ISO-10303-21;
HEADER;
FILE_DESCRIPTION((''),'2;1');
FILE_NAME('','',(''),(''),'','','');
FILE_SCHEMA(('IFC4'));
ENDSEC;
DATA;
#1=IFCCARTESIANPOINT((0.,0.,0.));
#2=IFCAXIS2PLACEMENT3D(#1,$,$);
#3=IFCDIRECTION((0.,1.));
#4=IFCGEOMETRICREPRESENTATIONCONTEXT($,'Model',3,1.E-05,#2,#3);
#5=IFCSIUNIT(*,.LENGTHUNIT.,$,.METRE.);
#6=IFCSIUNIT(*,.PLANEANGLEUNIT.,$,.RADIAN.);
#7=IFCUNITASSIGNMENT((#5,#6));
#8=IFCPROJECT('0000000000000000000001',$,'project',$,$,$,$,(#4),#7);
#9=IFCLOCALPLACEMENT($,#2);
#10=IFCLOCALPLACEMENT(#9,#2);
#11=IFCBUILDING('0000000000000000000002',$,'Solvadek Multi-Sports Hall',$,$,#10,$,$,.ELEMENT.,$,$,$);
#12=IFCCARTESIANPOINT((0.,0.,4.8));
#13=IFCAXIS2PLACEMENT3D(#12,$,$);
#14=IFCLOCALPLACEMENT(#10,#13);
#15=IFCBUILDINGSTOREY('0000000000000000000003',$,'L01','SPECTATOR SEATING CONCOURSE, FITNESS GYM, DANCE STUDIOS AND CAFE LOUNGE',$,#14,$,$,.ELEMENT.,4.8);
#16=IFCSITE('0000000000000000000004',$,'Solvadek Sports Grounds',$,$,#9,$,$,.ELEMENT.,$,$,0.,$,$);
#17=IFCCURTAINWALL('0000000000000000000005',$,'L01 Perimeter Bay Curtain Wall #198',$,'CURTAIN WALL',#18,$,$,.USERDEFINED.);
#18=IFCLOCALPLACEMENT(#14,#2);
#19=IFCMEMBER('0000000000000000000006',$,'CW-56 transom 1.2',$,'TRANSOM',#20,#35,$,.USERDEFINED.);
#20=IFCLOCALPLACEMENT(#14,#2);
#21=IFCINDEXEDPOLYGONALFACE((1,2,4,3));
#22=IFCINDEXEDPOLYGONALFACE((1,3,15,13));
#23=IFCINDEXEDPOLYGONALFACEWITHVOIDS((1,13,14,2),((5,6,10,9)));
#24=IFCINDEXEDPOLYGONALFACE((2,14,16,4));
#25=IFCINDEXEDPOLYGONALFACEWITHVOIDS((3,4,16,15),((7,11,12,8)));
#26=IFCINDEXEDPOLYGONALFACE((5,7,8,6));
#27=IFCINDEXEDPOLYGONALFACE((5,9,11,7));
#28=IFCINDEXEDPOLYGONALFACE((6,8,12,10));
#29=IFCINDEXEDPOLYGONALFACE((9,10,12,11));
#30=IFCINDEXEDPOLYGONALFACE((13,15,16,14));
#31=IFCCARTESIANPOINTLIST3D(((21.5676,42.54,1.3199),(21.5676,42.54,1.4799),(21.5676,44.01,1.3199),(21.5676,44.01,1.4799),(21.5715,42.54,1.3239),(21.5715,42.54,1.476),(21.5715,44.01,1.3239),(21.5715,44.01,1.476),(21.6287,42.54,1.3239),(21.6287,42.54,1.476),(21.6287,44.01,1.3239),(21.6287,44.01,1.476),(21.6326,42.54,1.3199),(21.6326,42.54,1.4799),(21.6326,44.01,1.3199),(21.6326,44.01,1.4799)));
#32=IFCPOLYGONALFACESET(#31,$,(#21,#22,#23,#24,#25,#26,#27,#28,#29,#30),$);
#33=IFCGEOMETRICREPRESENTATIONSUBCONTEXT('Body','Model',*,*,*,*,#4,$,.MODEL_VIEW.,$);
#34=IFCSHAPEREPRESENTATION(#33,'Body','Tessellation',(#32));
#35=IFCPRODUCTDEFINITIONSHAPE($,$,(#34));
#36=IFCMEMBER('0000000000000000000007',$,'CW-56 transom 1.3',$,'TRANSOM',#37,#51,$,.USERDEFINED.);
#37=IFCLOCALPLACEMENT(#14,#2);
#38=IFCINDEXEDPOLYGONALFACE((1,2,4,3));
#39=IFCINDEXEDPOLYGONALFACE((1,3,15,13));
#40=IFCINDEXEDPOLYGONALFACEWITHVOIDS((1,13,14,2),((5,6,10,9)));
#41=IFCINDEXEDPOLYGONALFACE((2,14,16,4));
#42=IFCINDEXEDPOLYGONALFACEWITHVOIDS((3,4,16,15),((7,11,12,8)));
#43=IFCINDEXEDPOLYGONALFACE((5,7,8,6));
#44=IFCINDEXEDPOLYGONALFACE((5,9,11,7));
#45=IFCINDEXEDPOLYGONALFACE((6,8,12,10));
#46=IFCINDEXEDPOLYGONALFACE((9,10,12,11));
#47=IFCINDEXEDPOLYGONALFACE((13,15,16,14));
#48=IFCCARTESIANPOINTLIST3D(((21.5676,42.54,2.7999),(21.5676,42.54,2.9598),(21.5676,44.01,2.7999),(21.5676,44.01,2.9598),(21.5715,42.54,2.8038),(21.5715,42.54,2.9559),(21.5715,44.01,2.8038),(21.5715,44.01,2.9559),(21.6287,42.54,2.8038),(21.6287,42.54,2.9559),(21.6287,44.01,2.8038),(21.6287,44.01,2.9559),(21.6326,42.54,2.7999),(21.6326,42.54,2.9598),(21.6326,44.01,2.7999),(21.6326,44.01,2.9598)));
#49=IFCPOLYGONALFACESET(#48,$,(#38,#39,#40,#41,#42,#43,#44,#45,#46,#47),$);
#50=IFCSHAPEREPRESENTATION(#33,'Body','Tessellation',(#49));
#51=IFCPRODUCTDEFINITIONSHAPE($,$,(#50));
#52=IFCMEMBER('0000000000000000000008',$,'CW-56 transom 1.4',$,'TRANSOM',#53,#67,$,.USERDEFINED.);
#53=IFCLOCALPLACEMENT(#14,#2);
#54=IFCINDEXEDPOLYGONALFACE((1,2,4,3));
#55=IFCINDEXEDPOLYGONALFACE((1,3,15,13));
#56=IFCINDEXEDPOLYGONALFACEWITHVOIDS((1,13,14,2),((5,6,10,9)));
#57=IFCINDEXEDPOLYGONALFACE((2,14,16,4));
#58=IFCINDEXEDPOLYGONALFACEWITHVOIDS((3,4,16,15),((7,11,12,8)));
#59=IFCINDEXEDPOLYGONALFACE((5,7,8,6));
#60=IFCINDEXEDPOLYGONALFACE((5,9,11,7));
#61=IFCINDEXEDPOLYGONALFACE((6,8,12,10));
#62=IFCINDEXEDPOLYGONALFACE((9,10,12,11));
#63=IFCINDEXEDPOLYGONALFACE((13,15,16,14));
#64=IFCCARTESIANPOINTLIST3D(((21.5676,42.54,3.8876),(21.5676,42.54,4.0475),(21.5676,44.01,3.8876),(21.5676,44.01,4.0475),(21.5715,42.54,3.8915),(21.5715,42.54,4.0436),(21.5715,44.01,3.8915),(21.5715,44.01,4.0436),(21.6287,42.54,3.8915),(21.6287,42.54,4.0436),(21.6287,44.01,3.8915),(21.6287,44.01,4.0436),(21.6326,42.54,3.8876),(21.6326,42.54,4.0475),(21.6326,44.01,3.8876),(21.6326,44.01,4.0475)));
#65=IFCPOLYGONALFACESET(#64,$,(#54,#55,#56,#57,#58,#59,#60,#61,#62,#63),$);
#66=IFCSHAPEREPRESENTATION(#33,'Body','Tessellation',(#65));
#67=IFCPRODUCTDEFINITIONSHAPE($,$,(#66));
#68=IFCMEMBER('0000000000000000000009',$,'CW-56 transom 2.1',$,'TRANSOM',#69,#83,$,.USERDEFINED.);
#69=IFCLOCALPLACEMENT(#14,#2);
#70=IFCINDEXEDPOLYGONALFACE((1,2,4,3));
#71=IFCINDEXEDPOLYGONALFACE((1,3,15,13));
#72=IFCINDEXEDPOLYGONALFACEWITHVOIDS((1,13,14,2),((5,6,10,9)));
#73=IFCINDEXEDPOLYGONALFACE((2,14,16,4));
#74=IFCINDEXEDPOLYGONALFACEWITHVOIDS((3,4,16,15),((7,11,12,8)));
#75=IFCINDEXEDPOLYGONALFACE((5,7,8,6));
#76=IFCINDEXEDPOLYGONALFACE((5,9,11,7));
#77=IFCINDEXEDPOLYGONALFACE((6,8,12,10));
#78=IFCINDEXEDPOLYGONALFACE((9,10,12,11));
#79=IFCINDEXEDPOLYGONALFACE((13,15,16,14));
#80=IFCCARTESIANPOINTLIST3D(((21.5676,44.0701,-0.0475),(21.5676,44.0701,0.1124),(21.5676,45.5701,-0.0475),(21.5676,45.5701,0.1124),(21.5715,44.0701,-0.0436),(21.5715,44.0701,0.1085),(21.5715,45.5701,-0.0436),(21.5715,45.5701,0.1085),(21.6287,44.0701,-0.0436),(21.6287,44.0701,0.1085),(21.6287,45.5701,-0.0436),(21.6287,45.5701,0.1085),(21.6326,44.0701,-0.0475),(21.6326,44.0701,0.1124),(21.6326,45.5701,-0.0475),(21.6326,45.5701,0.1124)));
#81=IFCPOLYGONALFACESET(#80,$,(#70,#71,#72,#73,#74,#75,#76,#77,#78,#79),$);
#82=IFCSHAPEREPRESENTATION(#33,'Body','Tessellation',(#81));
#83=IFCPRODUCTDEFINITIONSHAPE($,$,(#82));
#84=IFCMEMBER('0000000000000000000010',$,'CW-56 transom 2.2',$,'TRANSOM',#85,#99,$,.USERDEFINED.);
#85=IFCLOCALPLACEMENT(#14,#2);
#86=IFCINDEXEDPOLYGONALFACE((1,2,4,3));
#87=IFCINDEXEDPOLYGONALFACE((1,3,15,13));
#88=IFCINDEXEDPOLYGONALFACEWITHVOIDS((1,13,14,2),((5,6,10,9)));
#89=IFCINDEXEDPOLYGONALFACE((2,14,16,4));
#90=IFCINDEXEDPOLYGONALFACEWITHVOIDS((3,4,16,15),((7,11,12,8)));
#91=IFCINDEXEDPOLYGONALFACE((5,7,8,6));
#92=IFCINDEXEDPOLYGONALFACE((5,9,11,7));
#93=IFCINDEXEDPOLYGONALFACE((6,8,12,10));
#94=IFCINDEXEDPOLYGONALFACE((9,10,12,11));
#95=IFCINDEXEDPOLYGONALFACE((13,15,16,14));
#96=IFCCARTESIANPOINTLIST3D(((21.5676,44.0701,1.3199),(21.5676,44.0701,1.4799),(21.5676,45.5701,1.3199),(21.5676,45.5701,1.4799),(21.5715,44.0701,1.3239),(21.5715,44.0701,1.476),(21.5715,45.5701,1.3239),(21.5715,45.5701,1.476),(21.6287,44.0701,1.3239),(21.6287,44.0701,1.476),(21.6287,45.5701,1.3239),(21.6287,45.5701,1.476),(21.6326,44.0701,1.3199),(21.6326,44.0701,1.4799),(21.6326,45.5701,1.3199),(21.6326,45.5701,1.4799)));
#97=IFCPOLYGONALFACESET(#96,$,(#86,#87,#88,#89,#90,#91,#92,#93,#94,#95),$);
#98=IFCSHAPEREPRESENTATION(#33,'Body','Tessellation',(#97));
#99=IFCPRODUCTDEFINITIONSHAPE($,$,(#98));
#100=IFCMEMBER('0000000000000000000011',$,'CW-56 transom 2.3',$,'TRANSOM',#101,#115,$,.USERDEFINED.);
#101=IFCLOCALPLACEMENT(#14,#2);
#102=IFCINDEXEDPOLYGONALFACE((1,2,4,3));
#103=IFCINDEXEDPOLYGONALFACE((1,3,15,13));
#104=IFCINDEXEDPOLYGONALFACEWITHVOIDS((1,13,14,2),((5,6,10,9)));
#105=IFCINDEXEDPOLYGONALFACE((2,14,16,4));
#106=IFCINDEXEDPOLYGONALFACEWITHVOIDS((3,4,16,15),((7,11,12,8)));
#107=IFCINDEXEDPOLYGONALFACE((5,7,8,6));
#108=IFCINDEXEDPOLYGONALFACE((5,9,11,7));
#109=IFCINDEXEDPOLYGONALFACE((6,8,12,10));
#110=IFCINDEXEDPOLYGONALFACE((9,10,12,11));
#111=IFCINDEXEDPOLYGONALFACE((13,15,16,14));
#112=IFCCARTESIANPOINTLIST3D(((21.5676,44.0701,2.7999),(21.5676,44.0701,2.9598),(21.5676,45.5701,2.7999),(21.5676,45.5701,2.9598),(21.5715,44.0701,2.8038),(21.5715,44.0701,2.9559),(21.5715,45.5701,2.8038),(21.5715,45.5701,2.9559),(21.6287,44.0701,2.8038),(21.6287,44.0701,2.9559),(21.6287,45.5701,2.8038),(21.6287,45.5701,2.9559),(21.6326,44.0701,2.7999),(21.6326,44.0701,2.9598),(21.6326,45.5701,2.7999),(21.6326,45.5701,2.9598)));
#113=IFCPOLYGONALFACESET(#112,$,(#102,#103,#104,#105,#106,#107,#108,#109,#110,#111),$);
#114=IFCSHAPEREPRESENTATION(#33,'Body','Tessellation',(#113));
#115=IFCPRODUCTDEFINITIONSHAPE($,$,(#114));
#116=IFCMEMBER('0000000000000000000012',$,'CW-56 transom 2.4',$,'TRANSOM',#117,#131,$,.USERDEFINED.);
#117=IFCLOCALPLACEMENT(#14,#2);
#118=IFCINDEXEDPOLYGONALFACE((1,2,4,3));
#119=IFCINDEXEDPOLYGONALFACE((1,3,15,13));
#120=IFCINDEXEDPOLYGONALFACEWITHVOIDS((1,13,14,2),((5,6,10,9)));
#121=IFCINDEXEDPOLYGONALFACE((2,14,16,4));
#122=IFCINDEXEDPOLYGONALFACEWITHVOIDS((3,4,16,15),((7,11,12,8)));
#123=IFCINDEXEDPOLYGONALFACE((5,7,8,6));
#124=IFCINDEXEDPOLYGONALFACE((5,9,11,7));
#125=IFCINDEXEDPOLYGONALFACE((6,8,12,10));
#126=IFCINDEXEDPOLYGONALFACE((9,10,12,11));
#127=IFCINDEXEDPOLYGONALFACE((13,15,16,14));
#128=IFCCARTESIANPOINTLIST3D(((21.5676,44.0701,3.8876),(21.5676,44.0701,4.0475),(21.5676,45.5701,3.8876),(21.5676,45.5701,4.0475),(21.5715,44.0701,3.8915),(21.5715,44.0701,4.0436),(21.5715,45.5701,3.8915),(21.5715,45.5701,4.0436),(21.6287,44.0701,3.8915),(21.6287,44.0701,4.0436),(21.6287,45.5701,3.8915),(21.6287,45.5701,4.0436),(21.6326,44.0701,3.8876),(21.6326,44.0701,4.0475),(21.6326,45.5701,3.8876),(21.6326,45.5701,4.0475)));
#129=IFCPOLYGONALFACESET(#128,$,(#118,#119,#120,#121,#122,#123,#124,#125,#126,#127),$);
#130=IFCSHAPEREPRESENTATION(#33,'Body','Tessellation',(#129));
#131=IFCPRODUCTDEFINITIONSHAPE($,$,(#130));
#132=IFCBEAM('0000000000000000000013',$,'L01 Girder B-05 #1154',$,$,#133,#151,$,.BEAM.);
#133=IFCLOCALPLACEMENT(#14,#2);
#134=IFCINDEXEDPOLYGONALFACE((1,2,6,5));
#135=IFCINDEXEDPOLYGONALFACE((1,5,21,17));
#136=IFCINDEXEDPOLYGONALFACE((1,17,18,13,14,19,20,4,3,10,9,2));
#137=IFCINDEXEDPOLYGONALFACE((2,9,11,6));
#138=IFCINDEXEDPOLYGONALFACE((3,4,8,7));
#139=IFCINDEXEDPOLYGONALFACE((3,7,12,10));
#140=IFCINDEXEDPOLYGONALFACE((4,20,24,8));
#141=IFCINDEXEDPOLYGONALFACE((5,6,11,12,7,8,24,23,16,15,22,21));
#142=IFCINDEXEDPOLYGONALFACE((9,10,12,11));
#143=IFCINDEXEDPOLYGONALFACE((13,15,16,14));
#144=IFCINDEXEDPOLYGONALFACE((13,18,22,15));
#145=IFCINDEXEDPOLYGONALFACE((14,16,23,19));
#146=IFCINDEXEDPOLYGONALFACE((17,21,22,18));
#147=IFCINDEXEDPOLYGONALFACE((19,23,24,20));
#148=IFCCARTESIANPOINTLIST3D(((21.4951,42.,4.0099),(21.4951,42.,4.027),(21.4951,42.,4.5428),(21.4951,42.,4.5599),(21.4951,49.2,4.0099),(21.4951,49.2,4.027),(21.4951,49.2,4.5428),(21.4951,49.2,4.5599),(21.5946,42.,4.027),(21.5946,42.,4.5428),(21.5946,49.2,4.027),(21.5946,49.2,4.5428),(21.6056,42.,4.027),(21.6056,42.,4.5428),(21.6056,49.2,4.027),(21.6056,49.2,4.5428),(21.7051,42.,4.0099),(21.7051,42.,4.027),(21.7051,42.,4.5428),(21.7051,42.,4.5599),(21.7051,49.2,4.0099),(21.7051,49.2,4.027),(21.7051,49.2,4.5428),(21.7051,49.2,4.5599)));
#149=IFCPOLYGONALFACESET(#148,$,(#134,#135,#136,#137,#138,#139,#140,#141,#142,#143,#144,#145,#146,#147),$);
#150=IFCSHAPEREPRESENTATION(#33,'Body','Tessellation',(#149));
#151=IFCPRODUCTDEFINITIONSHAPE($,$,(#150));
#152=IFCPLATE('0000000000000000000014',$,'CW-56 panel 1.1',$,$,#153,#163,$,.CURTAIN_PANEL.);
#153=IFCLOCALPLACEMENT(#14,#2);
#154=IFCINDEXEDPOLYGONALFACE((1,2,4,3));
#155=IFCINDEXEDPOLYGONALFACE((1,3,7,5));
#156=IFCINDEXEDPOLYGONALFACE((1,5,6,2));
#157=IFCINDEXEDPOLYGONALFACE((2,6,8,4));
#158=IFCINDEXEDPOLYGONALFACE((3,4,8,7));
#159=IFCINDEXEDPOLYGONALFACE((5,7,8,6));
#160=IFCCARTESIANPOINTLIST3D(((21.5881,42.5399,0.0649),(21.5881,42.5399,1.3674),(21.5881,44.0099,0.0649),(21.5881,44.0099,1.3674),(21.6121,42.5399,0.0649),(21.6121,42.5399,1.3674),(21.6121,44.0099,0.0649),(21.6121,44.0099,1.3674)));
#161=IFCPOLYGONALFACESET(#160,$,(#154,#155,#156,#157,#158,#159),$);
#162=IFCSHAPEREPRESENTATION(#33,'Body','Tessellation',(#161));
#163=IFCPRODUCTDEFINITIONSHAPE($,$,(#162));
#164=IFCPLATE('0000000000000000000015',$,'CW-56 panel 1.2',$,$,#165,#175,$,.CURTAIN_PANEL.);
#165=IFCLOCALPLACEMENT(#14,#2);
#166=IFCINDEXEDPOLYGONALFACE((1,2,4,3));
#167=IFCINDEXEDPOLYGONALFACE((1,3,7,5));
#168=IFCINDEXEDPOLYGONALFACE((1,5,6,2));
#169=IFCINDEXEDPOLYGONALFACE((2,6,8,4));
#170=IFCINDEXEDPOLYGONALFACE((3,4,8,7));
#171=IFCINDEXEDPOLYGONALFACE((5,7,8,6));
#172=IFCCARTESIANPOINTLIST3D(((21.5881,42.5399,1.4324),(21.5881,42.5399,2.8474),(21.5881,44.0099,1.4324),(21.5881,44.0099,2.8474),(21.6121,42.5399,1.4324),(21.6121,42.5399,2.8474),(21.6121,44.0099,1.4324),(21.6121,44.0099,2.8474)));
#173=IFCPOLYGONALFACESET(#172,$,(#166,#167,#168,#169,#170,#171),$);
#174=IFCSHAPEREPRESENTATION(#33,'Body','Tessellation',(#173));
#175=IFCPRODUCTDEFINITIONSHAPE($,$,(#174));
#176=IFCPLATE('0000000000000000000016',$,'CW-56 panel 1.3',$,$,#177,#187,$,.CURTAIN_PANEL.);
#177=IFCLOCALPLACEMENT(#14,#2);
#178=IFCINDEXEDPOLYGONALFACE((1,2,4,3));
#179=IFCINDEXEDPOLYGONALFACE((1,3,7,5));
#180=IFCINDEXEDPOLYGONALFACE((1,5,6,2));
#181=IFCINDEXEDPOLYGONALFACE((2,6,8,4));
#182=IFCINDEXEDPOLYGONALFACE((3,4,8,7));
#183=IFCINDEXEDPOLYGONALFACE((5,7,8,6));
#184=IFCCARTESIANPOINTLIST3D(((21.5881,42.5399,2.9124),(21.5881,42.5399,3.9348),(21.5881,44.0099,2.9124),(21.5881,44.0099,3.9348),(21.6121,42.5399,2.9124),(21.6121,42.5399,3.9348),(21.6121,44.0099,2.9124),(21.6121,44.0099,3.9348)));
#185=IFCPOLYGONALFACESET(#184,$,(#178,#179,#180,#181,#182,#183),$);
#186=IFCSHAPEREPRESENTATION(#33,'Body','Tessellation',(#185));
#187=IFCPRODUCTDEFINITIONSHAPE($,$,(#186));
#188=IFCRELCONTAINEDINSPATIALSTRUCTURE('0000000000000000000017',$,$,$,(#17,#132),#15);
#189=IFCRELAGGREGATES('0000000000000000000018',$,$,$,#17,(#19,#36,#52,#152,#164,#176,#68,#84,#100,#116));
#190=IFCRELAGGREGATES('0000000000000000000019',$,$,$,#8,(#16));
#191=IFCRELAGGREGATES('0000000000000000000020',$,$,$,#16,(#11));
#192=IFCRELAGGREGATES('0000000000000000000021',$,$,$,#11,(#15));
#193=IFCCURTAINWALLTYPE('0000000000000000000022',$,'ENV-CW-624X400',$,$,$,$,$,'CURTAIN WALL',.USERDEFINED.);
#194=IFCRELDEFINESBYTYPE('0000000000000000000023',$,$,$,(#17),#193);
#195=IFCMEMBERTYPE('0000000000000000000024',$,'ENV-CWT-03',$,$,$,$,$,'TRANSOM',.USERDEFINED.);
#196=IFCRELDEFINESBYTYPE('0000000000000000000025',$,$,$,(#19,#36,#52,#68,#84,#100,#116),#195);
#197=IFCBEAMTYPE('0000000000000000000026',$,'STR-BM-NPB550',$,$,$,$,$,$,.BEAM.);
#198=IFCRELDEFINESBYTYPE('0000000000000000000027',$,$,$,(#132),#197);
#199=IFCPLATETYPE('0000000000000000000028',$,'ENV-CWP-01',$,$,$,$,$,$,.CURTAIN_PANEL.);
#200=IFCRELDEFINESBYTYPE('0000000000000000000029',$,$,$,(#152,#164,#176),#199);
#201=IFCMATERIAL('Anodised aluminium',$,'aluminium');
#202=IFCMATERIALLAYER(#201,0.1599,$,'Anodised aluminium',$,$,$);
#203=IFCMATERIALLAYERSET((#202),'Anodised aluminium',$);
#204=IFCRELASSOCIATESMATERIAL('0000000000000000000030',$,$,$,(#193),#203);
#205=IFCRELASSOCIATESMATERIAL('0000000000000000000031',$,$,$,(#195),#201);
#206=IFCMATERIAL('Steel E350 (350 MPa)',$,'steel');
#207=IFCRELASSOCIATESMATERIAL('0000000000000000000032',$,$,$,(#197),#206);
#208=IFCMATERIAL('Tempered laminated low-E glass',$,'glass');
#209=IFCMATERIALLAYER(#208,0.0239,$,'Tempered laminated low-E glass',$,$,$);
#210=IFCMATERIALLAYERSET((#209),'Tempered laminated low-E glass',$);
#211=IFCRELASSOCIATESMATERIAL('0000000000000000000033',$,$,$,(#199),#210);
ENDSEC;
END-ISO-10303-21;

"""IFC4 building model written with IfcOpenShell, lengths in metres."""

from ifc_helpers import new_model, si_unit, direction, frame, origin, origin_2d, place, context, subcontext, project, spatial, rectangle, hollow_rectangle, i_section, extrude, material, layer, layer_set, material_profile, profile_set, type_object, element, aggregate, save


model = new_model("IFC4")

# Units and contexts
model_context = context("Model", 3, precision=1e-05, world=origin(), true_north=direction((0.0, 1.0)))
body_context = subcontext(model_context, "Body", "Model", "MODEL_VIEW")
ifc_project = project(units=[si_unit("LENGTHUNIT", "METRE"), si_unit("PLANEANGLEUNIT", "RADIAN")], contexts=[model_context])

# Site, building, storey
site_placement = place(None, origin())
site = spatial("IfcSite", under=ifc_project, at=site_placement, Name="Solvadek Sports Grounds", CompositionType="ELEMENT", RefElevation=0.0)
building_placement = place(site_placement, origin())
building = spatial("IfcBuilding", under=site, at=building_placement, Name="Solvadek Multi-Sports Hall", CompositionType="ELEMENT")
storey_placement = place(building_placement, frame((0.0, 0.0, 4.8)))
storey = spatial("IfcBuildingStorey", under=building, at=storey_placement, Name="L01", Description="SPECTATOR SEATING CONCOURSE, FITNESS GYM, DANCE STUDIOS AND CAFE LOUNGE", CompositionType="ELEMENT", Elevation=4.8)

# Shared definitions
ifc_material_1 = material(Name="Steel E350 (350 MPa)", Category="steel")

# Curtain wall
ifc_material_2 = material(Name="Anodised aluminium", Category="aluminium")
ifc_layer_1 = layer(ifc_material_2, 0.1599, Name="Anodised aluminium")
ifc_layer_set_1 = layer_set([ifc_layer_1], Name="Anodised aluminium")
curtain_wall_type_1 = type_object("IfcCurtainWallType", Name="ENV-CW-624X400", ElementType="CURTAIN WALL", PredefinedType="USERDEFINED", material=ifc_layer_set_1)
curtain_wall_1_placement = place(storey_placement, origin())
curtain_wall_1 = element("IfcCurtainWall", 1, at=curtain_wall_1_placement, inside=storey, type_object=curtain_wall_type_1, Name="L01 Perimeter Bay Curtain Wall #198", ObjectType="CURTAIN WALL", PredefinedType="USERDEFINED")

# Members
ifc_material_profile_1 = material_profile(ifc_material_2, hollow_rectangle(XDim=0.0649, YDim=0.1599, WallThickness=0.0039, at=origin_2d()), Name="ALU-T 160x65x4")
ifc_profile_set_1 = profile_set([ifc_material_profile_1], Name="Anodised aluminium")
member_type_1 = type_object("IfcMemberType", Name="ENV-CWT-03", ElementType="TRANSOM", PredefinedType="USERDEFINED", material=ifc_profile_set_1)
member_1_placement = place(storey_placement, frame((21.6001, 42.54, 1.3999), z_axis=(0.0, 1.0, 0.0), x_axis=(-1.0, 0.0, 0.0)))
member_1 = element("IfcMember", 2, at=member_1_placement, type_object=member_type_1, Name="CW-56 transom 1.2", ObjectType="TRANSOM", PredefinedType="USERDEFINED", context=body_context, shape_type="SweptSolid", body=[
    extrude(hollow_rectangle(XDim=0.0649, YDim=0.1599, WallThickness=0.0039, at=origin_2d()), origin(), (0.0, 0.0, 1.0), 1.47),
])
member_2_placement = place(storey_placement, frame((21.6001, 42.54, 2.8799), z_axis=(0.0, 1.0, 0.0), x_axis=(-1.0, 0.0, 0.0)))
member_2 = element("IfcMember", 3, at=member_2_placement, type_object=member_type_1, Name="CW-56 transom 1.3", ObjectType="TRANSOM", PredefinedType="USERDEFINED", context=body_context, shape_type="SweptSolid", body=[
    extrude(hollow_rectangle(XDim=0.0649, YDim=0.1599, WallThickness=0.0039, at=origin_2d()), origin(), (0.0, 0.0, 1.0), 1.47),
])
member_3_placement = place(storey_placement, frame((21.6001, 42.54, 3.9675), z_axis=(0.0, 1.0, 0.0), x_axis=(-1.0, 0.0, 0.0)))
member_3 = element("IfcMember", 4, at=member_3_placement, type_object=member_type_1, Name="CW-56 transom 1.4", ObjectType="TRANSOM", PredefinedType="USERDEFINED", context=body_context, shape_type="SweptSolid", body=[
    extrude(hollow_rectangle(XDim=0.0649, YDim=0.1599, WallThickness=0.0039, at=origin_2d()), origin(), (0.0, 0.0, 1.0), 1.47),
])
member_4_placement = place(storey_placement, frame((21.6001, 44.0701, 0.0325), z_axis=(0.0, 1.0, 0.0), x_axis=(-1.0, 0.0, 0.0)))
member_4 = element("IfcMember", 5, at=member_4_placement, type_object=member_type_1, Name="CW-56 transom 2.1", ObjectType="TRANSOM", PredefinedType="USERDEFINED", context=body_context, shape_type="SweptSolid", body=[
    extrude(hollow_rectangle(XDim=0.0649, YDim=0.1599, WallThickness=0.0039, at=origin_2d()), origin(), (0.0, 0.0, 1.0), 1.5),
])
member_5_placement = place(storey_placement, frame((21.6001, 44.0701, 1.3999), z_axis=(0.0, 1.0, 0.0), x_axis=(-1.0, 0.0, 0.0)))
member_5 = element("IfcMember", 6, at=member_5_placement, type_object=member_type_1, Name="CW-56 transom 2.2", ObjectType="TRANSOM", PredefinedType="USERDEFINED", context=body_context, shape_type="SweptSolid", body=[
    extrude(hollow_rectangle(XDim=0.0649, YDim=0.1599, WallThickness=0.0039, at=origin_2d()), origin(), (0.0, 0.0, 1.0), 1.5),
])
member_6_placement = place(storey_placement, frame((21.6001, 44.0701, 2.8799), z_axis=(0.0, 1.0, 0.0), x_axis=(-1.0, 0.0, 0.0)))
member_6 = element("IfcMember", 7, at=member_6_placement, type_object=member_type_1, Name="CW-56 transom 2.3", ObjectType="TRANSOM", PredefinedType="USERDEFINED", context=body_context, shape_type="SweptSolid", body=[
    extrude(hollow_rectangle(XDim=0.0649, YDim=0.1599, WallThickness=0.0039, at=origin_2d()), origin(), (0.0, 0.0, 1.0), 1.5),
])
member_7_placement = place(storey_placement, frame((21.6001, 44.0701, 3.9675), z_axis=(0.0, 1.0, 0.0), x_axis=(-1.0, 0.0, 0.0)))
member_7 = element("IfcMember", 8, at=member_7_placement, type_object=member_type_1, Name="CW-56 transom 2.4", ObjectType="TRANSOM", PredefinedType="USERDEFINED", context=body_context, shape_type="SweptSolid", body=[
    extrude(hollow_rectangle(XDim=0.0649, YDim=0.1599, WallThickness=0.0039, at=origin_2d()), origin(), (0.0, 0.0, 1.0), 1.5),
])

# Beam
ifc_material_profile_2 = material_profile(ifc_material_1, i_section(OverallWidth=0.21, OverallDepth=0.55, WebThickness=0.011, FlangeThickness=0.0171, at=origin_2d()), Name="NPB 550")
ifc_profile_set_2 = profile_set([ifc_material_profile_2], Name="Steel E350 (350 MPa)")
beam_type = type_object("IfcBeamType", Name="STR-BM-NPB550", PredefinedType="BEAM", material=ifc_profile_set_2)
beam_placement = place(storey_placement, frame((21.6001, 42.0, 4.2849), z_axis=(0.0, 1.0, 0.0), x_axis=(-1.0, 0.0, 0.0)))
element("IfcBeam", 9, at=beam_placement, inside=storey, type_object=beam_type, Name="L01 Girder B-05 #1154", PredefinedType="BEAM", context=body_context, shape_type="SweptSolid", body=[
    extrude(i_section(OverallWidth=0.21, OverallDepth=0.55, WebThickness=0.011, FlangeThickness=0.0171, at=origin_2d()), origin(), (0.0, 0.0, 1.0), 7.2),
])

# Plates
ifc_material_3 = material(Name="Tempered laminated low-E glass", Category="glass")
ifc_layer_2 = layer(ifc_material_3, 0.0239, Name="Tempered laminated low-E glass")
ifc_layer_set_2 = layer_set([ifc_layer_2], Name="Tempered laminated low-E glass")
plate_type_1 = type_object("IfcPlateType", Name="ENV-CWP-01", PredefinedType="CURTAIN_PANEL", material=ifc_layer_set_2)
plate_1_placement = place(storey_placement, frame((21.6001, 43.2749, 0.0649), z_axis=(0.0, 0.0, 1.0), x_axis=(0.0, 1.0, 0.0)))
plate_1 = element("IfcPlate", 10, at=plate_1_placement, type_object=plate_type_1, Name="CW-56 panel 1.1", PredefinedType="CURTAIN_PANEL", context=body_context, shape_type="SweptSolid", body=[
    extrude(rectangle(XDim=1.47, YDim=0.0239, at=origin_2d()), origin(), (0.0, 0.0, 1.0), 1.3025),
])
plate_2_placement = place(storey_placement, frame((21.6001, 43.2749, 1.4324), z_axis=(0.0, 0.0, 1.0), x_axis=(0.0, 1.0, 0.0)))
plate_2 = element("IfcPlate", 11, at=plate_2_placement, type_object=plate_type_1, Name="CW-56 panel 1.2", PredefinedType="CURTAIN_PANEL", context=body_context, shape_type="SweptSolid", body=[
    extrude(rectangle(XDim=1.47, YDim=0.0239, at=origin_2d()), origin(), (0.0, 0.0, 1.0), 1.415),
])
plate_3_placement = place(storey_placement, frame((21.6001, 43.2749, 2.9124), z_axis=(0.0, 0.0, 1.0), x_axis=(0.0, 1.0, 0.0)))
plate_3 = element("IfcPlate", 12, at=plate_3_placement, type_object=plate_type_1, Name="CW-56 panel 1.3", PredefinedType="CURTAIN_PANEL", context=body_context, shape_type="SweptSolid", body=[
    extrude(rectangle(XDim=1.47, YDim=0.0239, at=origin_2d()), origin(), (0.0, 0.0, 1.0), 1.0225),
])
aggregate(curtain_wall_1, [member_1, member_2, member_3, plate_1, plate_2, plate_3, member_4, member_5, member_6, member_7])

save(model, "model.ifc")
